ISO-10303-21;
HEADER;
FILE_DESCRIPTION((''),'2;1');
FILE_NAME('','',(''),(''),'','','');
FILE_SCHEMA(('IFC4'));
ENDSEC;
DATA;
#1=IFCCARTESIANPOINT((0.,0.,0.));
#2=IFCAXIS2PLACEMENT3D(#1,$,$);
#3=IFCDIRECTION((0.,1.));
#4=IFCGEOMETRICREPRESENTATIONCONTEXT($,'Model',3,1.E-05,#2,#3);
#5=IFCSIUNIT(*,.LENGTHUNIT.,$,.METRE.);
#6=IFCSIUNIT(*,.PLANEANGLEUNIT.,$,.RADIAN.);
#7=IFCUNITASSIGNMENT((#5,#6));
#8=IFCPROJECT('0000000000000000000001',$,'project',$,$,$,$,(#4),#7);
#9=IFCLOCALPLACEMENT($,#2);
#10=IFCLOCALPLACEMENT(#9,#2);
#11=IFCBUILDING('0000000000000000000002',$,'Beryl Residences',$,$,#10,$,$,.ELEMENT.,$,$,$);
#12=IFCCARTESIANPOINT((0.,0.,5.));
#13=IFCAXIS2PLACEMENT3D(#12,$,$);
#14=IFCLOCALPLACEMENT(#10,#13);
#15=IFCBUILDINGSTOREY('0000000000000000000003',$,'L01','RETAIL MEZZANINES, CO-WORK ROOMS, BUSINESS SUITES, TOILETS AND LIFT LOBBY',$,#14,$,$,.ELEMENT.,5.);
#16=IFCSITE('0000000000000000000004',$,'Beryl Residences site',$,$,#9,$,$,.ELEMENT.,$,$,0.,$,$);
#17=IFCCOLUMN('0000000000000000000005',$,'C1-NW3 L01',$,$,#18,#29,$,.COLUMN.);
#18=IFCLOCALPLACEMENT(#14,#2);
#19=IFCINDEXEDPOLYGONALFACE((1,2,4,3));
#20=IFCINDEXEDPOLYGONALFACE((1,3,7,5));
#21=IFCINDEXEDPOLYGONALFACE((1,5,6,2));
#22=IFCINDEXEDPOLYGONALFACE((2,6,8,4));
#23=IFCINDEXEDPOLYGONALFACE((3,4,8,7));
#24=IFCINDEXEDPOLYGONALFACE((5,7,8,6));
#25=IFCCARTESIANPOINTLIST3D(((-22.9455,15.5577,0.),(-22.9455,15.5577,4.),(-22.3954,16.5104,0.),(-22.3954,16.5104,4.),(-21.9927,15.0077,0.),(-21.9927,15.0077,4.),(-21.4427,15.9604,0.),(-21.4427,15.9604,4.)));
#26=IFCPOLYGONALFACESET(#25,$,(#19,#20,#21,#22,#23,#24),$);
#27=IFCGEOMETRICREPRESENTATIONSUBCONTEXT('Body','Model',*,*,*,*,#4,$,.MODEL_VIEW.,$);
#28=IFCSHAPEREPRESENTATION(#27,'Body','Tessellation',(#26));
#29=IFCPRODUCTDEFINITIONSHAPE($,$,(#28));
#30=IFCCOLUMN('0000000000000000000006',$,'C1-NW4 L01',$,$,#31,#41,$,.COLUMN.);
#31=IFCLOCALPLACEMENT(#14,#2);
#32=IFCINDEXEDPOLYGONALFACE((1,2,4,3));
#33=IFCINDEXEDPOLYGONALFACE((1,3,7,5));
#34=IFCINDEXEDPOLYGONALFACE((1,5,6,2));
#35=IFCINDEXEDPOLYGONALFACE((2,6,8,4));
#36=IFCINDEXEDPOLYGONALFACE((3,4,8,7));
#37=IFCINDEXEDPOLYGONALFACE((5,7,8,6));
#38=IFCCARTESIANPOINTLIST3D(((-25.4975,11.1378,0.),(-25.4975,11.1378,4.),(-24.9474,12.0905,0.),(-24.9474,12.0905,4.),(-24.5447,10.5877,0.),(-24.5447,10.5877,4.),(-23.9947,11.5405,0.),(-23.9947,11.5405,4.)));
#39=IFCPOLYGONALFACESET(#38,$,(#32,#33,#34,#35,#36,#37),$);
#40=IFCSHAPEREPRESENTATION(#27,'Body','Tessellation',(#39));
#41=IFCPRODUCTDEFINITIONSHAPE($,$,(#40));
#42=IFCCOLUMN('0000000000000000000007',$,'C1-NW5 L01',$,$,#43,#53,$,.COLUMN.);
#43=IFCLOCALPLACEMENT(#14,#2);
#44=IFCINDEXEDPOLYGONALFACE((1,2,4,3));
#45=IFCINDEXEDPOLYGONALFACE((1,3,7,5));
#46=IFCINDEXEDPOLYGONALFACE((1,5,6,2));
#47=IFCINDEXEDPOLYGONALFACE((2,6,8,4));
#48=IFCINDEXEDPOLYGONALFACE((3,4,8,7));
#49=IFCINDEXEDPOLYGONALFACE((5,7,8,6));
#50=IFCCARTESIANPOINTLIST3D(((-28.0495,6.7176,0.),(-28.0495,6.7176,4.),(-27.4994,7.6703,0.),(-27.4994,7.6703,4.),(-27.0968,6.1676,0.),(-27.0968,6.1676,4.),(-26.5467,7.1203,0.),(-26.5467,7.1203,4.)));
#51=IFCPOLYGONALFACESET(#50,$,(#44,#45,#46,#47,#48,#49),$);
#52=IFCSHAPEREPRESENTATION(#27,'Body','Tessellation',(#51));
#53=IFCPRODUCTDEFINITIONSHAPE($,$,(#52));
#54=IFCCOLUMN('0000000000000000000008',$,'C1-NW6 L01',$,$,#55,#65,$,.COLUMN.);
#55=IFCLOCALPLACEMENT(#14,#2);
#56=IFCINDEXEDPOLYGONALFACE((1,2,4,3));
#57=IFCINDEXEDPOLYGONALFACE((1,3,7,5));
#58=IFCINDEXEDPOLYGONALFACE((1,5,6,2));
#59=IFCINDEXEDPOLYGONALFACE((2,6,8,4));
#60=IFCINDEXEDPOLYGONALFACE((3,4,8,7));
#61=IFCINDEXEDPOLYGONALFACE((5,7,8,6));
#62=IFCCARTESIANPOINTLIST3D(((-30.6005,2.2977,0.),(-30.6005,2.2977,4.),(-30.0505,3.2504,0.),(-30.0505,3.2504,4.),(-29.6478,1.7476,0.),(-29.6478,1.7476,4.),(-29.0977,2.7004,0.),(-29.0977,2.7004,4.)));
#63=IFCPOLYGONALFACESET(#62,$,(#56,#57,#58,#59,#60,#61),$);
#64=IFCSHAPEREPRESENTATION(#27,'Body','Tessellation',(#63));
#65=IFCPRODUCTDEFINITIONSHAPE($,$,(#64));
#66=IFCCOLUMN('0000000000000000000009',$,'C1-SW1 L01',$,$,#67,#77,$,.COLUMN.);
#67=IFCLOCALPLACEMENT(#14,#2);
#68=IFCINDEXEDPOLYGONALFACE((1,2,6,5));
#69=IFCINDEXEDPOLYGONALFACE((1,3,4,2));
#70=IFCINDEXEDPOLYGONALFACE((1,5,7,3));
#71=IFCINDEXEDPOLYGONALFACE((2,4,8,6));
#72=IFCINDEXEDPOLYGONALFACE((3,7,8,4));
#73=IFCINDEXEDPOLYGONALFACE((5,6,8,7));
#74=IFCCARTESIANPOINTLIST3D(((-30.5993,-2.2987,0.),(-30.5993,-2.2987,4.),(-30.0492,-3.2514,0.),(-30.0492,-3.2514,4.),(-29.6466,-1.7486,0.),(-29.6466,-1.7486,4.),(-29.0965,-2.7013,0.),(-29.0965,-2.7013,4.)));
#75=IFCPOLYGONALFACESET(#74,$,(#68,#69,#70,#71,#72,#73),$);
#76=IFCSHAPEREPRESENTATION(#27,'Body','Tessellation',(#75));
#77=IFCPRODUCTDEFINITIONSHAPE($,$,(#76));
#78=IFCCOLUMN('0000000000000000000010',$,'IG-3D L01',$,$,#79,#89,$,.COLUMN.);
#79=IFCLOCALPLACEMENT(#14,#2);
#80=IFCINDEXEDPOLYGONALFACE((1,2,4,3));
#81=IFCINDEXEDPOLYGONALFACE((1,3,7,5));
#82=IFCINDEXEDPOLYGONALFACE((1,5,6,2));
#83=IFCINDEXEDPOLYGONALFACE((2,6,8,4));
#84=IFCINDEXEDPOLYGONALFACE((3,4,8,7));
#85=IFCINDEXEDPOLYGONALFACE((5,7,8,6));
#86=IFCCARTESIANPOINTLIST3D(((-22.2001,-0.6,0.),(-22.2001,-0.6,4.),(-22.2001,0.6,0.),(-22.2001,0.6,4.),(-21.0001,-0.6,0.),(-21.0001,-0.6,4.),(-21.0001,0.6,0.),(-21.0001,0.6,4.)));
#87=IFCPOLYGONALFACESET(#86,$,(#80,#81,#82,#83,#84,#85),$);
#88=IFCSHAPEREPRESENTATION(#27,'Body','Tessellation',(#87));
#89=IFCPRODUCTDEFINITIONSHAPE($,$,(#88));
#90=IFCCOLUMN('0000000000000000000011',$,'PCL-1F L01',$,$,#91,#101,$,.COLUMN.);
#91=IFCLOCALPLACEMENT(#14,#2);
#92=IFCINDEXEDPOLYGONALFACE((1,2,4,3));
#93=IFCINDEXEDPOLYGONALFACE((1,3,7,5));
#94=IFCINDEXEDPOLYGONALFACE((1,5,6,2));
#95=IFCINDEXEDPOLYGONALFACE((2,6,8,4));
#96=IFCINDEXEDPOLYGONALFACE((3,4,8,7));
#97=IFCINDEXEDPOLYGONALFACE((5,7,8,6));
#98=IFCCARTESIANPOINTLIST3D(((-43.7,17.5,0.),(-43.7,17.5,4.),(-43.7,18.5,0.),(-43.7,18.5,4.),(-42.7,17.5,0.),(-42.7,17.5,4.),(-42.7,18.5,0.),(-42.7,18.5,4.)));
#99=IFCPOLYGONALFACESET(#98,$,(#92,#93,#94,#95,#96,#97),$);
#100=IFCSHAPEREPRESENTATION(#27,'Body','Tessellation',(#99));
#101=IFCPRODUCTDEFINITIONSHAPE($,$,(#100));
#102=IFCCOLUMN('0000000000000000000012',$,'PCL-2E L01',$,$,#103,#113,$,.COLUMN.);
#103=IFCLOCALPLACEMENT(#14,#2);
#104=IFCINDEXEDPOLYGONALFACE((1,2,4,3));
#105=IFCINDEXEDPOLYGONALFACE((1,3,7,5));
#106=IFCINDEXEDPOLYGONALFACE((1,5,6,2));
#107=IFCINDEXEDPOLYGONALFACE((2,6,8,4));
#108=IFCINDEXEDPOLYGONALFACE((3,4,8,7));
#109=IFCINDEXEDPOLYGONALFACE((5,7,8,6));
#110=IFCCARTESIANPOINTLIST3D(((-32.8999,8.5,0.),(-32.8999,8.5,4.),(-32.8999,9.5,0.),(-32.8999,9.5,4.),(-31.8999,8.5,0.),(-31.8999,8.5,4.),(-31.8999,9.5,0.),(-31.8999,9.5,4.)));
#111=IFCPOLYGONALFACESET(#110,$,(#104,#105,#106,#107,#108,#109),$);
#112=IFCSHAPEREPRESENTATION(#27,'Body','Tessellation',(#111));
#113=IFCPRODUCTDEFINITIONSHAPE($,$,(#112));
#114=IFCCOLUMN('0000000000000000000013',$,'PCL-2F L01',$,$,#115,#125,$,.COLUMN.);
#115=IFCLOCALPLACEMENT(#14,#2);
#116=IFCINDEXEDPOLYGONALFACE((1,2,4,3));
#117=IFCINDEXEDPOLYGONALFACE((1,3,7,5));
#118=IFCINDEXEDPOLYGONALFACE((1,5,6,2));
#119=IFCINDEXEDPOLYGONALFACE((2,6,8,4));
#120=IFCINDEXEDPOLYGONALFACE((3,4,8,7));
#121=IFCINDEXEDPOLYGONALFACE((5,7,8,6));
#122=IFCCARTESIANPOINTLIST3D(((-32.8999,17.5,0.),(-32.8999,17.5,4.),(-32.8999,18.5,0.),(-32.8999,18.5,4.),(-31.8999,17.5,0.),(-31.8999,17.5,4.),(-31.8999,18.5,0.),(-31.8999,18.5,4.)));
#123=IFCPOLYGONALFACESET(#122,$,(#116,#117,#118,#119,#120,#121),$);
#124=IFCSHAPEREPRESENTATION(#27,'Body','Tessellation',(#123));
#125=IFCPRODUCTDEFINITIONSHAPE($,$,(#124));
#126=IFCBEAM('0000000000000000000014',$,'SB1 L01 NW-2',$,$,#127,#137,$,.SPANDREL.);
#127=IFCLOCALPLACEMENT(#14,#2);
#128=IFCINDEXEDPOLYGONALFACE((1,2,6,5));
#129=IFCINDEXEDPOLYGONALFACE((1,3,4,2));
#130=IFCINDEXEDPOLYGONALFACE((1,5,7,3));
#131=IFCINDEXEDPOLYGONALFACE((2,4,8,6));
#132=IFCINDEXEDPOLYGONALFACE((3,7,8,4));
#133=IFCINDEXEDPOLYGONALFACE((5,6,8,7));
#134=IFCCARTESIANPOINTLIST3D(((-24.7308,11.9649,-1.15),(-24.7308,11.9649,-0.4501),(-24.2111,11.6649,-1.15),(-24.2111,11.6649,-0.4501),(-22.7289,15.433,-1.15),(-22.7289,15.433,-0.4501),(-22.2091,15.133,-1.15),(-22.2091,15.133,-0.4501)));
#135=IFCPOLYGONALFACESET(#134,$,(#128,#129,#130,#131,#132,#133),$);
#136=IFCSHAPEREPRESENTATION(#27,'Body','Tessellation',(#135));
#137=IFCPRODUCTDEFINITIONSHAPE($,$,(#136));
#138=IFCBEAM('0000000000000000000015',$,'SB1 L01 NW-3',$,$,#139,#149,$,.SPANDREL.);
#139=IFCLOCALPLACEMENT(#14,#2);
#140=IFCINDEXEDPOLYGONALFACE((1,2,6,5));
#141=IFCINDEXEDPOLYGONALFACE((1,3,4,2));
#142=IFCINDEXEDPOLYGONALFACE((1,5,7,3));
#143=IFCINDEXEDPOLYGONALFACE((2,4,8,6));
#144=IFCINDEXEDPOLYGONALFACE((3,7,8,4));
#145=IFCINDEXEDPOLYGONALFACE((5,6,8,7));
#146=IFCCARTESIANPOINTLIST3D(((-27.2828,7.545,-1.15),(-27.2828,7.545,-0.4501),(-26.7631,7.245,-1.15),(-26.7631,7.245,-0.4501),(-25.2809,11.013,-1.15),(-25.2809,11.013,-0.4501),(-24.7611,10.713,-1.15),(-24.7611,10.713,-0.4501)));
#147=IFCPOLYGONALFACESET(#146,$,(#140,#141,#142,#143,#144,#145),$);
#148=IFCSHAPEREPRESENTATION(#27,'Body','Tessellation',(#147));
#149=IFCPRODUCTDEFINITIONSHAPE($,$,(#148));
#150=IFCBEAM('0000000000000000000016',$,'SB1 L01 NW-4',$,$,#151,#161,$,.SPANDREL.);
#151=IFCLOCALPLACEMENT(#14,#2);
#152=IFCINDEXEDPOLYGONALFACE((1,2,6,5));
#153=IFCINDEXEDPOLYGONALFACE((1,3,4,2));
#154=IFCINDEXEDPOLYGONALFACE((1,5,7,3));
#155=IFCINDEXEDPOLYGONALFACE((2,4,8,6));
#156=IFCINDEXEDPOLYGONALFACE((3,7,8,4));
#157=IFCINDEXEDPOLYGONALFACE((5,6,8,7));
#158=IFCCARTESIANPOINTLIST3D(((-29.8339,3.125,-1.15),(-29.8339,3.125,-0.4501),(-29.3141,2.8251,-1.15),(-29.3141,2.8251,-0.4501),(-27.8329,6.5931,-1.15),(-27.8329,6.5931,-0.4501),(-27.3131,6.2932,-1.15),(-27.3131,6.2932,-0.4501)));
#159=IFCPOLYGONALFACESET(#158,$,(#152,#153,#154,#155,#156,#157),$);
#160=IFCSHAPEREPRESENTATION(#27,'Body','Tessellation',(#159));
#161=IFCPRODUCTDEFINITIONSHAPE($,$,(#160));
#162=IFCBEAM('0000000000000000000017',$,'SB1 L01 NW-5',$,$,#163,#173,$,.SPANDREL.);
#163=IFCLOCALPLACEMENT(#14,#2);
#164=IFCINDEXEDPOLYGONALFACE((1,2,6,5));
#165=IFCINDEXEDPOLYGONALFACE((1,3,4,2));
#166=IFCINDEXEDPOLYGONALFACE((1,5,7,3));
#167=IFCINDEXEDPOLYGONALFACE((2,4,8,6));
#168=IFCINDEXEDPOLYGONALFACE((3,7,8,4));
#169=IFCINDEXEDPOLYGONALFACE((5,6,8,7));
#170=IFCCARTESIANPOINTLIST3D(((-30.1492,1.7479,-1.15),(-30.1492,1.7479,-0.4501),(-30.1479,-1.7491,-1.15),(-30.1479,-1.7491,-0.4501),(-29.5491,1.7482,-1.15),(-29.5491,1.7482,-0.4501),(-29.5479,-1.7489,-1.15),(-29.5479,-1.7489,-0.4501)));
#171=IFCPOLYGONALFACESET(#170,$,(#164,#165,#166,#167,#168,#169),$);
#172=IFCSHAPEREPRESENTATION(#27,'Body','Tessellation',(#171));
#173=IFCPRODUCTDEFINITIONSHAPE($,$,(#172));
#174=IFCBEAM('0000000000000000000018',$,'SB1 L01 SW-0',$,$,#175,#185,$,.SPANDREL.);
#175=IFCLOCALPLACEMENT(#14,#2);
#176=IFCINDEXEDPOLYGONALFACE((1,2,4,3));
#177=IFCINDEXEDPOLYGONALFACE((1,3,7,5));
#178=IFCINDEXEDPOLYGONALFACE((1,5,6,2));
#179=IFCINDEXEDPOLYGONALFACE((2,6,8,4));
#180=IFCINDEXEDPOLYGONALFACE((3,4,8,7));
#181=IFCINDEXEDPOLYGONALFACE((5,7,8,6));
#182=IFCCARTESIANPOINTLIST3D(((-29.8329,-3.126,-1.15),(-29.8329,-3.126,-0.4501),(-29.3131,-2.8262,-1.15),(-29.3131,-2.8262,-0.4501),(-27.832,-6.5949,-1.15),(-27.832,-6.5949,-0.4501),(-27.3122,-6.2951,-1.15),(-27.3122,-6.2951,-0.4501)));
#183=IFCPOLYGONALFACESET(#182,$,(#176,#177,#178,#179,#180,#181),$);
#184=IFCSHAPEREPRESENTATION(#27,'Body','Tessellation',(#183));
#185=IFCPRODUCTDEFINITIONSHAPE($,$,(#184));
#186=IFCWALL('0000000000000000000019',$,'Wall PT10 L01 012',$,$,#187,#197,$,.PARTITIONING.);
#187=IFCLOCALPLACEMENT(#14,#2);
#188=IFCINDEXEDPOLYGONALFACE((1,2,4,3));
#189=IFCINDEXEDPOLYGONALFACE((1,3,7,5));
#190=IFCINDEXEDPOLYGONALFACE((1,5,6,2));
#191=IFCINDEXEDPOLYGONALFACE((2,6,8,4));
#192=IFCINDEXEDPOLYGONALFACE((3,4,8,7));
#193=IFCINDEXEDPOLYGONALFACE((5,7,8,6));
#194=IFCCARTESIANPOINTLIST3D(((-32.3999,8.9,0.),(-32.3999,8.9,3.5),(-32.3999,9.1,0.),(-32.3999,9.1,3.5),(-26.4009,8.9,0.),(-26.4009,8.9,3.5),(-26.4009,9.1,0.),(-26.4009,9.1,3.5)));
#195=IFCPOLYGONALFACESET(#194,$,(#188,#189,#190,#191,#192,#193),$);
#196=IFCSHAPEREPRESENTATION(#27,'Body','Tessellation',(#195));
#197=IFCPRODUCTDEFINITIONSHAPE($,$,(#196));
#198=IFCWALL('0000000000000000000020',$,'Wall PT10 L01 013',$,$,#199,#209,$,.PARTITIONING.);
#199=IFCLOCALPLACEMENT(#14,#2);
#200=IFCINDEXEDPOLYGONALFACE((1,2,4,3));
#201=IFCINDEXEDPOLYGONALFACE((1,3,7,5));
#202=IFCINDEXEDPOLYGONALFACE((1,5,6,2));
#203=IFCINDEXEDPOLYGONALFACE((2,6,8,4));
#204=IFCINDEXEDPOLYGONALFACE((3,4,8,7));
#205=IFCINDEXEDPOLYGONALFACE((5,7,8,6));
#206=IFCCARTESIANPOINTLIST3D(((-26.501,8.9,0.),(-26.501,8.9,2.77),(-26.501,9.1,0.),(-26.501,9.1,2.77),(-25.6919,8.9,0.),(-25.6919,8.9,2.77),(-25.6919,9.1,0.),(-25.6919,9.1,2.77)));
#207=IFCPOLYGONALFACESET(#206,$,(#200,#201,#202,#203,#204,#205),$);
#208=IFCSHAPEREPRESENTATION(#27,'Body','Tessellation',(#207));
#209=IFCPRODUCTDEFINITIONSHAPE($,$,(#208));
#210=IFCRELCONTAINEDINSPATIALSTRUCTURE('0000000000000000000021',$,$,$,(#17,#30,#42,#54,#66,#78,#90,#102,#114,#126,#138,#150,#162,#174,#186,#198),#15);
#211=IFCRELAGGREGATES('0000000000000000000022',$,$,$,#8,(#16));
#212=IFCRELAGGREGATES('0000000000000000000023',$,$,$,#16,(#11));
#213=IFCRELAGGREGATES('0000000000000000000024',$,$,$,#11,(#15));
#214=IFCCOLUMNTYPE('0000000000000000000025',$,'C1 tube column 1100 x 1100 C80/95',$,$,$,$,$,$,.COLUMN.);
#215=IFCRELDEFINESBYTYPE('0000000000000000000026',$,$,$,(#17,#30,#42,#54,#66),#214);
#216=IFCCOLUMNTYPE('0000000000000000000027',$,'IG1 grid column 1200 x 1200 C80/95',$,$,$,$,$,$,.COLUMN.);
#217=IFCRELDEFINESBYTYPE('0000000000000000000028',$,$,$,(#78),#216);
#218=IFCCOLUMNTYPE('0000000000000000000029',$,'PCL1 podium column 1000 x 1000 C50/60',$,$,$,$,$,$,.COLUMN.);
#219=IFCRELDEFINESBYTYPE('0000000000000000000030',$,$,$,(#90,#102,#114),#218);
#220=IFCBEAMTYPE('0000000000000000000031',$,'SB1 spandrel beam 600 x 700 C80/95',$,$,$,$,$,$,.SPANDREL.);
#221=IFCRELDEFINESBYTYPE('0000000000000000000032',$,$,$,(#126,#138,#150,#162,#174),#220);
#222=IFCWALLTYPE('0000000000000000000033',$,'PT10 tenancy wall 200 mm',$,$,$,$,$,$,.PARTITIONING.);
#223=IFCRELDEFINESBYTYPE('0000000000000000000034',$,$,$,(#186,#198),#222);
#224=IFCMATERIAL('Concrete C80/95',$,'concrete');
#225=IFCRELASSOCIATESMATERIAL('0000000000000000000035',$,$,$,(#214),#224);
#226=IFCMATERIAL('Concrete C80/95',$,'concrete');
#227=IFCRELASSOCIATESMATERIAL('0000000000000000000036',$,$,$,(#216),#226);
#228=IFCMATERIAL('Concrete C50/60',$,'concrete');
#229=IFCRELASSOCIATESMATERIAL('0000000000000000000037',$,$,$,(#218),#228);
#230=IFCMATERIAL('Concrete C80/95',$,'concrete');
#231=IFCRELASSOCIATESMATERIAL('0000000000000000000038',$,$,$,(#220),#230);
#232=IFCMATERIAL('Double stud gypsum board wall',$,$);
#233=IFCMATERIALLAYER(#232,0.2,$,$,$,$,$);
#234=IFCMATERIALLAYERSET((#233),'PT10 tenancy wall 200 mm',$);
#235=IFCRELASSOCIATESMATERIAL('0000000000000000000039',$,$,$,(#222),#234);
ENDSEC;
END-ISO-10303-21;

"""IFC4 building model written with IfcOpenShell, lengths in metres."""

from ifc_helpers import new_model, si_unit, direction, frame, frame_2d, origin, origin_2d, place, context, subcontext, project, spatial, rectangle, extrude, material, layer, layer_set, material_profile, profile_set, type_object, element, save


model = new_model("IFC4")

# Units and contexts
model_context = context("Model", 3, precision=1e-05, world=origin(), true_north=direction((0.0, 1.0)))
body_context = subcontext(model_context, "Body", "Model", "MODEL_VIEW")
ifc_project = project(units=[si_unit("LENGTHUNIT", "METRE"), si_unit("PLANEANGLEUNIT", "RADIAN")], contexts=[model_context])

# Site, building, storey
site_placement = place(None, origin())
site = spatial("IfcSite", under=ifc_project, at=site_placement, Name="Beryl Residences site", CompositionType="ELEMENT", RefElevation=0.0)
building_placement = place(site_placement, origin())
building = spatial("IfcBuilding", under=site, at=building_placement, Name="Beryl Residences", CompositionType="ELEMENT")
storey_placement = place(building_placement, frame((0.0, 0.0, 5.0)))
storey = spatial("IfcBuildingStorey", under=building, at=storey_placement, Name="L01", Description="RETAIL MEZZANINES, CO-WORK ROOMS, BUSINESS SUITES, TOILETS AND LIFT LOBBY", CompositionType="ELEMENT", Elevation=5.0)

# Columns
ifc_material_1 = material(Name="Concrete C80/95", Category="concrete")
ifc_material_profile_1 = material_profile(ifc_material_1, rectangle(XDim=1.1001, YDim=1.1001, at=origin_2d()))
ifc_profile_set_1 = profile_set([ifc_material_profile_1], Name="Concrete C80/95")
column_type_1 = type_object("IfcColumnType", Name="C1 tube column 1100 x 1100 C80/95", PredefinedType="COLUMN", material=ifc_profile_set_1)
for number, where, z_axis, x_axis, name in (
    (1, (-22.1941, 15.759, 0.0), (0.0, 0.0, 1.0), (-0.499985, -0.866034, 0.0), "C1-NW3 L01"),
    (2, (-24.7461, 11.3391, 0.0), (0.0, 0.0, 1.0), (-0.499985, -0.866034, 0.0), "C1-NW4 L01"),
    (3, (-27.2981, 6.9189, 0.0), (0.0, 0.0, 1.0), (-0.499985, -0.866034, 0.0), "C1-NW5 L01"),
    (4, (-29.8491, 2.499, 0.0), (0.0, 0.0, 1.0), (-0.499985, -0.866034, 0.0), "C1-NW6 L01"),
    (5, (-29.8479, -2.5, 0.0), (0.0, 0.0, 1.0), (0.499985, -0.866034, 0.0), "C1-SW1 L01"),
):
    element("IfcColumn", number, at=place(storey_placement, frame(where, z_axis=z_axis, x_axis=x_axis)), inside=storey, type_object=column_type_1, Name=name, PredefinedType="COLUMN", context=body_context, shape_type="SweptSolid", body=[
        extrude(rectangle(XDim=1.1001, YDim=1.1001, at=origin_2d()), origin(), (0.0, 0.0, 1.0), 4.0),
    ])
ifc_material_2 = material(Name="Concrete C80/95", Category="concrete")
ifc_material_profile_2 = material_profile(ifc_material_2, rectangle(XDim=1.2, YDim=1.2, at=origin_2d()))
ifc_profile_set_2 = profile_set([ifc_material_profile_2], Name="Concrete C80/95")
column_type_2 = type_object("IfcColumnType", Name="IG1 grid column 1200 x 1200 C80/95", PredefinedType="COLUMN", material=ifc_profile_set_2)
column_placement = place(storey_placement, frame((-21.6001, 0.0, 0.0), z_axis=(0.0, 0.0, 1.0), x_axis=(1.0, 0.0, 0.0)))
element("IfcColumn", 6, at=column_placement, inside=storey, type_object=column_type_2, Name="IG-3D L01", PredefinedType="COLUMN", context=body_context, shape_type="SweptSolid", body=[
    extrude(rectangle(XDim=1.2, YDim=1.2, at=origin_2d()), origin(), (0.0, 0.0, 1.0), 4.0),
])
ifc_material_3 = material(Name="Concrete C50/60", Category="concrete")
ifc_material_profile_3 = material_profile(ifc_material_3, rectangle(XDim=1.0, YDim=1.0, at=origin_2d()))
ifc_profile_set_3 = profile_set([ifc_material_profile_3], Name="Concrete C50/60")
column_type_3 = type_object("IfcColumnType", Name="PCL1 podium column 1000 x 1000 C50/60", PredefinedType="COLUMN", material=ifc_profile_set_3)
for number, where, z_axis, x_axis, name in (
    (7, (-43.2, 18.0, 0.0), (0.0, 0.0, 1.0), (1.0, 0.0, 0.0), "PCL-1F L01"),
    (8, (-32.3999, 9.0, 0.0), (0.0, 0.0, 1.0), (1.0, 0.0, 0.0), "PCL-2E L01"),
    (9, (-32.3999, 18.0, 0.0), (0.0, 0.0, 1.0), (1.0, 0.0, 0.0), "PCL-2F L01"),
):
    element("IfcColumn", number, at=place(storey_placement, frame(where, z_axis=z_axis, x_axis=x_axis)), inside=storey, type_object=column_type_3, Name=name, PredefinedType="COLUMN", context=body_context, shape_type="SweptSolid", body=[
        extrude(rectangle(XDim=1.0, YDim=1.0, at=origin_2d()), origin(), (0.0, 0.0, 1.0), 4.0),
    ])

# Beams
ifc_material_4 = material(Name="Concrete C80/95", Category="concrete")
ifc_material_profile_4 = material_profile(ifc_material_4, rectangle(XDim=0.6001, YDim=0.7, at=origin_2d()))
ifc_profile_set_4 = profile_set([ifc_material_profile_4], Name="Concrete C80/95")
beam_type = type_object("IfcBeamType", Name="SB1 spandrel beam 600 x 700 C80/95", PredefinedType="SPANDREL", material=ifc_profile_set_4)
for number, where, z_axis, x_axis, name in (
    (10, (-22.469, 15.283, -0.8), (-0.499942, -0.866059, 0.0), (0.866059, -0.499942, 0.0), "SB1 L01 NW-2"),
    (11, (-25.021, 10.863, -0.8), (-0.499942, -0.866059, 0.0), (0.866059, -0.499942, 0.0), "SB1 L01 NW-3"),
):
    element("IfcBeam", number, at=place(storey_placement, frame(where, z_axis=z_axis, x_axis=x_axis)), inside=storey, type_object=beam_type, Name=name, PredefinedType="SPANDREL", context=body_context, shape_type="SweptSolid", body=[
        extrude(rectangle(XDim=0.6001, YDim=0.7, at=origin_2d()), origin(), (0.0, 0.0, 1.0), 4.0044),
    ])
beam_1_placement = place(storey_placement, frame((-27.573, 6.4431, -0.8), z_axis=(-0.499759, -0.866164, 0.0), x_axis=(0.866164, -0.499759, 0.0)))
element("IfcBeam", 12, at=beam_1_placement, inside=storey, type_object=beam_type, Name="SB1 L01 NW-4", PredefinedType="SPANDREL", context=body_context, shape_type="SweptSolid", body=[
    extrude(rectangle(XDim=0.6001, YDim=0.7, at=origin_2d()), origin(), (0.0, 0.0, 1.0), 4.0039),
])
beam_2_placement = place(storey_placement, frame((-29.8491, 1.748, -0.8), z_axis=(0.000349, -1.0, 0.0), x_axis=(1.0, 0.000349, 0.0)))
element("IfcBeam", 13, at=beam_2_placement, inside=storey, type_object=beam_type, Name="SB1 L01 NW-5", PredefinedType="SPANDREL", context=body_context, shape_type="SweptSolid", body=[
    extrude(rectangle(XDim=0.6001, YDim=0.7, at=origin_2d()), origin(), (0.0, 0.0, 1.0), 3.4971),
])
beam_3_placement = place(storey_placement, frame((-29.573, -2.9761, -0.8), z_axis=(0.499654, -0.866225, 0.0), x_axis=(0.866225, 0.499654, 0.0)))
element("IfcBeam", 14, at=beam_3_placement, inside=storey, type_object=beam_type, Name="SB1 L01 SW-0", PredefinedType="SPANDREL", context=body_context, shape_type="SweptSolid", body=[
    extrude(rectangle(XDim=0.6001, YDim=0.7, at=origin_2d()), origin(), (0.0, 0.0, 1.0), 4.0046),
])

# Walls
ifc_material_5 = material(Name="Double stud gypsum board wall")
ifc_layer_1 = layer(ifc_material_5, 0.2)
ifc_layer_set_1 = layer_set([ifc_layer_1], Name="PT10 tenancy wall 200 mm")
wall_type_1 = type_object("IfcWallType", Name="PT10 tenancy wall 200 mm", PredefinedType="PARTITIONING", material=ifc_layer_set_1)
wall_1_placement = place(storey_placement, frame((-32.3999, 9.0, 0.0), z_axis=(0.0, 0.0, 1.0), x_axis=(1.0, 0.0, 0.0)))
element("IfcWall", 15, at=wall_1_placement, inside=storey, type_object=wall_type_1, Name="Wall PT10 L01 012", PredefinedType="PARTITIONING", context=body_context, shape_type="SweptSolid", body=[
    extrude(rectangle(XDim=5.999, YDim=0.2, at=frame_2d((2.9995, 0.0))), origin(), (0.0, 0.0, 1.0), 3.5),
])
wall_2_placement = place(storey_placement, frame((-26.501, 9.0, 0.0), z_axis=(0.0, 0.0, 1.0), x_axis=(1.0, 0.0, 0.0)))
element("IfcWall", 16, at=wall_2_placement, inside=storey, type_object=wall_type_1, Name="Wall PT10 L01 013", PredefinedType="PARTITIONING", context=body_context, shape_type="SweptSolid", body=[
    extrude(rectangle(XDim=0.8091, YDim=0.2, at=frame_2d((0.4045, 0.0))), origin(), (0.0, 0.0, 1.0), 2.77),
])

save(model, "model.ifc")
